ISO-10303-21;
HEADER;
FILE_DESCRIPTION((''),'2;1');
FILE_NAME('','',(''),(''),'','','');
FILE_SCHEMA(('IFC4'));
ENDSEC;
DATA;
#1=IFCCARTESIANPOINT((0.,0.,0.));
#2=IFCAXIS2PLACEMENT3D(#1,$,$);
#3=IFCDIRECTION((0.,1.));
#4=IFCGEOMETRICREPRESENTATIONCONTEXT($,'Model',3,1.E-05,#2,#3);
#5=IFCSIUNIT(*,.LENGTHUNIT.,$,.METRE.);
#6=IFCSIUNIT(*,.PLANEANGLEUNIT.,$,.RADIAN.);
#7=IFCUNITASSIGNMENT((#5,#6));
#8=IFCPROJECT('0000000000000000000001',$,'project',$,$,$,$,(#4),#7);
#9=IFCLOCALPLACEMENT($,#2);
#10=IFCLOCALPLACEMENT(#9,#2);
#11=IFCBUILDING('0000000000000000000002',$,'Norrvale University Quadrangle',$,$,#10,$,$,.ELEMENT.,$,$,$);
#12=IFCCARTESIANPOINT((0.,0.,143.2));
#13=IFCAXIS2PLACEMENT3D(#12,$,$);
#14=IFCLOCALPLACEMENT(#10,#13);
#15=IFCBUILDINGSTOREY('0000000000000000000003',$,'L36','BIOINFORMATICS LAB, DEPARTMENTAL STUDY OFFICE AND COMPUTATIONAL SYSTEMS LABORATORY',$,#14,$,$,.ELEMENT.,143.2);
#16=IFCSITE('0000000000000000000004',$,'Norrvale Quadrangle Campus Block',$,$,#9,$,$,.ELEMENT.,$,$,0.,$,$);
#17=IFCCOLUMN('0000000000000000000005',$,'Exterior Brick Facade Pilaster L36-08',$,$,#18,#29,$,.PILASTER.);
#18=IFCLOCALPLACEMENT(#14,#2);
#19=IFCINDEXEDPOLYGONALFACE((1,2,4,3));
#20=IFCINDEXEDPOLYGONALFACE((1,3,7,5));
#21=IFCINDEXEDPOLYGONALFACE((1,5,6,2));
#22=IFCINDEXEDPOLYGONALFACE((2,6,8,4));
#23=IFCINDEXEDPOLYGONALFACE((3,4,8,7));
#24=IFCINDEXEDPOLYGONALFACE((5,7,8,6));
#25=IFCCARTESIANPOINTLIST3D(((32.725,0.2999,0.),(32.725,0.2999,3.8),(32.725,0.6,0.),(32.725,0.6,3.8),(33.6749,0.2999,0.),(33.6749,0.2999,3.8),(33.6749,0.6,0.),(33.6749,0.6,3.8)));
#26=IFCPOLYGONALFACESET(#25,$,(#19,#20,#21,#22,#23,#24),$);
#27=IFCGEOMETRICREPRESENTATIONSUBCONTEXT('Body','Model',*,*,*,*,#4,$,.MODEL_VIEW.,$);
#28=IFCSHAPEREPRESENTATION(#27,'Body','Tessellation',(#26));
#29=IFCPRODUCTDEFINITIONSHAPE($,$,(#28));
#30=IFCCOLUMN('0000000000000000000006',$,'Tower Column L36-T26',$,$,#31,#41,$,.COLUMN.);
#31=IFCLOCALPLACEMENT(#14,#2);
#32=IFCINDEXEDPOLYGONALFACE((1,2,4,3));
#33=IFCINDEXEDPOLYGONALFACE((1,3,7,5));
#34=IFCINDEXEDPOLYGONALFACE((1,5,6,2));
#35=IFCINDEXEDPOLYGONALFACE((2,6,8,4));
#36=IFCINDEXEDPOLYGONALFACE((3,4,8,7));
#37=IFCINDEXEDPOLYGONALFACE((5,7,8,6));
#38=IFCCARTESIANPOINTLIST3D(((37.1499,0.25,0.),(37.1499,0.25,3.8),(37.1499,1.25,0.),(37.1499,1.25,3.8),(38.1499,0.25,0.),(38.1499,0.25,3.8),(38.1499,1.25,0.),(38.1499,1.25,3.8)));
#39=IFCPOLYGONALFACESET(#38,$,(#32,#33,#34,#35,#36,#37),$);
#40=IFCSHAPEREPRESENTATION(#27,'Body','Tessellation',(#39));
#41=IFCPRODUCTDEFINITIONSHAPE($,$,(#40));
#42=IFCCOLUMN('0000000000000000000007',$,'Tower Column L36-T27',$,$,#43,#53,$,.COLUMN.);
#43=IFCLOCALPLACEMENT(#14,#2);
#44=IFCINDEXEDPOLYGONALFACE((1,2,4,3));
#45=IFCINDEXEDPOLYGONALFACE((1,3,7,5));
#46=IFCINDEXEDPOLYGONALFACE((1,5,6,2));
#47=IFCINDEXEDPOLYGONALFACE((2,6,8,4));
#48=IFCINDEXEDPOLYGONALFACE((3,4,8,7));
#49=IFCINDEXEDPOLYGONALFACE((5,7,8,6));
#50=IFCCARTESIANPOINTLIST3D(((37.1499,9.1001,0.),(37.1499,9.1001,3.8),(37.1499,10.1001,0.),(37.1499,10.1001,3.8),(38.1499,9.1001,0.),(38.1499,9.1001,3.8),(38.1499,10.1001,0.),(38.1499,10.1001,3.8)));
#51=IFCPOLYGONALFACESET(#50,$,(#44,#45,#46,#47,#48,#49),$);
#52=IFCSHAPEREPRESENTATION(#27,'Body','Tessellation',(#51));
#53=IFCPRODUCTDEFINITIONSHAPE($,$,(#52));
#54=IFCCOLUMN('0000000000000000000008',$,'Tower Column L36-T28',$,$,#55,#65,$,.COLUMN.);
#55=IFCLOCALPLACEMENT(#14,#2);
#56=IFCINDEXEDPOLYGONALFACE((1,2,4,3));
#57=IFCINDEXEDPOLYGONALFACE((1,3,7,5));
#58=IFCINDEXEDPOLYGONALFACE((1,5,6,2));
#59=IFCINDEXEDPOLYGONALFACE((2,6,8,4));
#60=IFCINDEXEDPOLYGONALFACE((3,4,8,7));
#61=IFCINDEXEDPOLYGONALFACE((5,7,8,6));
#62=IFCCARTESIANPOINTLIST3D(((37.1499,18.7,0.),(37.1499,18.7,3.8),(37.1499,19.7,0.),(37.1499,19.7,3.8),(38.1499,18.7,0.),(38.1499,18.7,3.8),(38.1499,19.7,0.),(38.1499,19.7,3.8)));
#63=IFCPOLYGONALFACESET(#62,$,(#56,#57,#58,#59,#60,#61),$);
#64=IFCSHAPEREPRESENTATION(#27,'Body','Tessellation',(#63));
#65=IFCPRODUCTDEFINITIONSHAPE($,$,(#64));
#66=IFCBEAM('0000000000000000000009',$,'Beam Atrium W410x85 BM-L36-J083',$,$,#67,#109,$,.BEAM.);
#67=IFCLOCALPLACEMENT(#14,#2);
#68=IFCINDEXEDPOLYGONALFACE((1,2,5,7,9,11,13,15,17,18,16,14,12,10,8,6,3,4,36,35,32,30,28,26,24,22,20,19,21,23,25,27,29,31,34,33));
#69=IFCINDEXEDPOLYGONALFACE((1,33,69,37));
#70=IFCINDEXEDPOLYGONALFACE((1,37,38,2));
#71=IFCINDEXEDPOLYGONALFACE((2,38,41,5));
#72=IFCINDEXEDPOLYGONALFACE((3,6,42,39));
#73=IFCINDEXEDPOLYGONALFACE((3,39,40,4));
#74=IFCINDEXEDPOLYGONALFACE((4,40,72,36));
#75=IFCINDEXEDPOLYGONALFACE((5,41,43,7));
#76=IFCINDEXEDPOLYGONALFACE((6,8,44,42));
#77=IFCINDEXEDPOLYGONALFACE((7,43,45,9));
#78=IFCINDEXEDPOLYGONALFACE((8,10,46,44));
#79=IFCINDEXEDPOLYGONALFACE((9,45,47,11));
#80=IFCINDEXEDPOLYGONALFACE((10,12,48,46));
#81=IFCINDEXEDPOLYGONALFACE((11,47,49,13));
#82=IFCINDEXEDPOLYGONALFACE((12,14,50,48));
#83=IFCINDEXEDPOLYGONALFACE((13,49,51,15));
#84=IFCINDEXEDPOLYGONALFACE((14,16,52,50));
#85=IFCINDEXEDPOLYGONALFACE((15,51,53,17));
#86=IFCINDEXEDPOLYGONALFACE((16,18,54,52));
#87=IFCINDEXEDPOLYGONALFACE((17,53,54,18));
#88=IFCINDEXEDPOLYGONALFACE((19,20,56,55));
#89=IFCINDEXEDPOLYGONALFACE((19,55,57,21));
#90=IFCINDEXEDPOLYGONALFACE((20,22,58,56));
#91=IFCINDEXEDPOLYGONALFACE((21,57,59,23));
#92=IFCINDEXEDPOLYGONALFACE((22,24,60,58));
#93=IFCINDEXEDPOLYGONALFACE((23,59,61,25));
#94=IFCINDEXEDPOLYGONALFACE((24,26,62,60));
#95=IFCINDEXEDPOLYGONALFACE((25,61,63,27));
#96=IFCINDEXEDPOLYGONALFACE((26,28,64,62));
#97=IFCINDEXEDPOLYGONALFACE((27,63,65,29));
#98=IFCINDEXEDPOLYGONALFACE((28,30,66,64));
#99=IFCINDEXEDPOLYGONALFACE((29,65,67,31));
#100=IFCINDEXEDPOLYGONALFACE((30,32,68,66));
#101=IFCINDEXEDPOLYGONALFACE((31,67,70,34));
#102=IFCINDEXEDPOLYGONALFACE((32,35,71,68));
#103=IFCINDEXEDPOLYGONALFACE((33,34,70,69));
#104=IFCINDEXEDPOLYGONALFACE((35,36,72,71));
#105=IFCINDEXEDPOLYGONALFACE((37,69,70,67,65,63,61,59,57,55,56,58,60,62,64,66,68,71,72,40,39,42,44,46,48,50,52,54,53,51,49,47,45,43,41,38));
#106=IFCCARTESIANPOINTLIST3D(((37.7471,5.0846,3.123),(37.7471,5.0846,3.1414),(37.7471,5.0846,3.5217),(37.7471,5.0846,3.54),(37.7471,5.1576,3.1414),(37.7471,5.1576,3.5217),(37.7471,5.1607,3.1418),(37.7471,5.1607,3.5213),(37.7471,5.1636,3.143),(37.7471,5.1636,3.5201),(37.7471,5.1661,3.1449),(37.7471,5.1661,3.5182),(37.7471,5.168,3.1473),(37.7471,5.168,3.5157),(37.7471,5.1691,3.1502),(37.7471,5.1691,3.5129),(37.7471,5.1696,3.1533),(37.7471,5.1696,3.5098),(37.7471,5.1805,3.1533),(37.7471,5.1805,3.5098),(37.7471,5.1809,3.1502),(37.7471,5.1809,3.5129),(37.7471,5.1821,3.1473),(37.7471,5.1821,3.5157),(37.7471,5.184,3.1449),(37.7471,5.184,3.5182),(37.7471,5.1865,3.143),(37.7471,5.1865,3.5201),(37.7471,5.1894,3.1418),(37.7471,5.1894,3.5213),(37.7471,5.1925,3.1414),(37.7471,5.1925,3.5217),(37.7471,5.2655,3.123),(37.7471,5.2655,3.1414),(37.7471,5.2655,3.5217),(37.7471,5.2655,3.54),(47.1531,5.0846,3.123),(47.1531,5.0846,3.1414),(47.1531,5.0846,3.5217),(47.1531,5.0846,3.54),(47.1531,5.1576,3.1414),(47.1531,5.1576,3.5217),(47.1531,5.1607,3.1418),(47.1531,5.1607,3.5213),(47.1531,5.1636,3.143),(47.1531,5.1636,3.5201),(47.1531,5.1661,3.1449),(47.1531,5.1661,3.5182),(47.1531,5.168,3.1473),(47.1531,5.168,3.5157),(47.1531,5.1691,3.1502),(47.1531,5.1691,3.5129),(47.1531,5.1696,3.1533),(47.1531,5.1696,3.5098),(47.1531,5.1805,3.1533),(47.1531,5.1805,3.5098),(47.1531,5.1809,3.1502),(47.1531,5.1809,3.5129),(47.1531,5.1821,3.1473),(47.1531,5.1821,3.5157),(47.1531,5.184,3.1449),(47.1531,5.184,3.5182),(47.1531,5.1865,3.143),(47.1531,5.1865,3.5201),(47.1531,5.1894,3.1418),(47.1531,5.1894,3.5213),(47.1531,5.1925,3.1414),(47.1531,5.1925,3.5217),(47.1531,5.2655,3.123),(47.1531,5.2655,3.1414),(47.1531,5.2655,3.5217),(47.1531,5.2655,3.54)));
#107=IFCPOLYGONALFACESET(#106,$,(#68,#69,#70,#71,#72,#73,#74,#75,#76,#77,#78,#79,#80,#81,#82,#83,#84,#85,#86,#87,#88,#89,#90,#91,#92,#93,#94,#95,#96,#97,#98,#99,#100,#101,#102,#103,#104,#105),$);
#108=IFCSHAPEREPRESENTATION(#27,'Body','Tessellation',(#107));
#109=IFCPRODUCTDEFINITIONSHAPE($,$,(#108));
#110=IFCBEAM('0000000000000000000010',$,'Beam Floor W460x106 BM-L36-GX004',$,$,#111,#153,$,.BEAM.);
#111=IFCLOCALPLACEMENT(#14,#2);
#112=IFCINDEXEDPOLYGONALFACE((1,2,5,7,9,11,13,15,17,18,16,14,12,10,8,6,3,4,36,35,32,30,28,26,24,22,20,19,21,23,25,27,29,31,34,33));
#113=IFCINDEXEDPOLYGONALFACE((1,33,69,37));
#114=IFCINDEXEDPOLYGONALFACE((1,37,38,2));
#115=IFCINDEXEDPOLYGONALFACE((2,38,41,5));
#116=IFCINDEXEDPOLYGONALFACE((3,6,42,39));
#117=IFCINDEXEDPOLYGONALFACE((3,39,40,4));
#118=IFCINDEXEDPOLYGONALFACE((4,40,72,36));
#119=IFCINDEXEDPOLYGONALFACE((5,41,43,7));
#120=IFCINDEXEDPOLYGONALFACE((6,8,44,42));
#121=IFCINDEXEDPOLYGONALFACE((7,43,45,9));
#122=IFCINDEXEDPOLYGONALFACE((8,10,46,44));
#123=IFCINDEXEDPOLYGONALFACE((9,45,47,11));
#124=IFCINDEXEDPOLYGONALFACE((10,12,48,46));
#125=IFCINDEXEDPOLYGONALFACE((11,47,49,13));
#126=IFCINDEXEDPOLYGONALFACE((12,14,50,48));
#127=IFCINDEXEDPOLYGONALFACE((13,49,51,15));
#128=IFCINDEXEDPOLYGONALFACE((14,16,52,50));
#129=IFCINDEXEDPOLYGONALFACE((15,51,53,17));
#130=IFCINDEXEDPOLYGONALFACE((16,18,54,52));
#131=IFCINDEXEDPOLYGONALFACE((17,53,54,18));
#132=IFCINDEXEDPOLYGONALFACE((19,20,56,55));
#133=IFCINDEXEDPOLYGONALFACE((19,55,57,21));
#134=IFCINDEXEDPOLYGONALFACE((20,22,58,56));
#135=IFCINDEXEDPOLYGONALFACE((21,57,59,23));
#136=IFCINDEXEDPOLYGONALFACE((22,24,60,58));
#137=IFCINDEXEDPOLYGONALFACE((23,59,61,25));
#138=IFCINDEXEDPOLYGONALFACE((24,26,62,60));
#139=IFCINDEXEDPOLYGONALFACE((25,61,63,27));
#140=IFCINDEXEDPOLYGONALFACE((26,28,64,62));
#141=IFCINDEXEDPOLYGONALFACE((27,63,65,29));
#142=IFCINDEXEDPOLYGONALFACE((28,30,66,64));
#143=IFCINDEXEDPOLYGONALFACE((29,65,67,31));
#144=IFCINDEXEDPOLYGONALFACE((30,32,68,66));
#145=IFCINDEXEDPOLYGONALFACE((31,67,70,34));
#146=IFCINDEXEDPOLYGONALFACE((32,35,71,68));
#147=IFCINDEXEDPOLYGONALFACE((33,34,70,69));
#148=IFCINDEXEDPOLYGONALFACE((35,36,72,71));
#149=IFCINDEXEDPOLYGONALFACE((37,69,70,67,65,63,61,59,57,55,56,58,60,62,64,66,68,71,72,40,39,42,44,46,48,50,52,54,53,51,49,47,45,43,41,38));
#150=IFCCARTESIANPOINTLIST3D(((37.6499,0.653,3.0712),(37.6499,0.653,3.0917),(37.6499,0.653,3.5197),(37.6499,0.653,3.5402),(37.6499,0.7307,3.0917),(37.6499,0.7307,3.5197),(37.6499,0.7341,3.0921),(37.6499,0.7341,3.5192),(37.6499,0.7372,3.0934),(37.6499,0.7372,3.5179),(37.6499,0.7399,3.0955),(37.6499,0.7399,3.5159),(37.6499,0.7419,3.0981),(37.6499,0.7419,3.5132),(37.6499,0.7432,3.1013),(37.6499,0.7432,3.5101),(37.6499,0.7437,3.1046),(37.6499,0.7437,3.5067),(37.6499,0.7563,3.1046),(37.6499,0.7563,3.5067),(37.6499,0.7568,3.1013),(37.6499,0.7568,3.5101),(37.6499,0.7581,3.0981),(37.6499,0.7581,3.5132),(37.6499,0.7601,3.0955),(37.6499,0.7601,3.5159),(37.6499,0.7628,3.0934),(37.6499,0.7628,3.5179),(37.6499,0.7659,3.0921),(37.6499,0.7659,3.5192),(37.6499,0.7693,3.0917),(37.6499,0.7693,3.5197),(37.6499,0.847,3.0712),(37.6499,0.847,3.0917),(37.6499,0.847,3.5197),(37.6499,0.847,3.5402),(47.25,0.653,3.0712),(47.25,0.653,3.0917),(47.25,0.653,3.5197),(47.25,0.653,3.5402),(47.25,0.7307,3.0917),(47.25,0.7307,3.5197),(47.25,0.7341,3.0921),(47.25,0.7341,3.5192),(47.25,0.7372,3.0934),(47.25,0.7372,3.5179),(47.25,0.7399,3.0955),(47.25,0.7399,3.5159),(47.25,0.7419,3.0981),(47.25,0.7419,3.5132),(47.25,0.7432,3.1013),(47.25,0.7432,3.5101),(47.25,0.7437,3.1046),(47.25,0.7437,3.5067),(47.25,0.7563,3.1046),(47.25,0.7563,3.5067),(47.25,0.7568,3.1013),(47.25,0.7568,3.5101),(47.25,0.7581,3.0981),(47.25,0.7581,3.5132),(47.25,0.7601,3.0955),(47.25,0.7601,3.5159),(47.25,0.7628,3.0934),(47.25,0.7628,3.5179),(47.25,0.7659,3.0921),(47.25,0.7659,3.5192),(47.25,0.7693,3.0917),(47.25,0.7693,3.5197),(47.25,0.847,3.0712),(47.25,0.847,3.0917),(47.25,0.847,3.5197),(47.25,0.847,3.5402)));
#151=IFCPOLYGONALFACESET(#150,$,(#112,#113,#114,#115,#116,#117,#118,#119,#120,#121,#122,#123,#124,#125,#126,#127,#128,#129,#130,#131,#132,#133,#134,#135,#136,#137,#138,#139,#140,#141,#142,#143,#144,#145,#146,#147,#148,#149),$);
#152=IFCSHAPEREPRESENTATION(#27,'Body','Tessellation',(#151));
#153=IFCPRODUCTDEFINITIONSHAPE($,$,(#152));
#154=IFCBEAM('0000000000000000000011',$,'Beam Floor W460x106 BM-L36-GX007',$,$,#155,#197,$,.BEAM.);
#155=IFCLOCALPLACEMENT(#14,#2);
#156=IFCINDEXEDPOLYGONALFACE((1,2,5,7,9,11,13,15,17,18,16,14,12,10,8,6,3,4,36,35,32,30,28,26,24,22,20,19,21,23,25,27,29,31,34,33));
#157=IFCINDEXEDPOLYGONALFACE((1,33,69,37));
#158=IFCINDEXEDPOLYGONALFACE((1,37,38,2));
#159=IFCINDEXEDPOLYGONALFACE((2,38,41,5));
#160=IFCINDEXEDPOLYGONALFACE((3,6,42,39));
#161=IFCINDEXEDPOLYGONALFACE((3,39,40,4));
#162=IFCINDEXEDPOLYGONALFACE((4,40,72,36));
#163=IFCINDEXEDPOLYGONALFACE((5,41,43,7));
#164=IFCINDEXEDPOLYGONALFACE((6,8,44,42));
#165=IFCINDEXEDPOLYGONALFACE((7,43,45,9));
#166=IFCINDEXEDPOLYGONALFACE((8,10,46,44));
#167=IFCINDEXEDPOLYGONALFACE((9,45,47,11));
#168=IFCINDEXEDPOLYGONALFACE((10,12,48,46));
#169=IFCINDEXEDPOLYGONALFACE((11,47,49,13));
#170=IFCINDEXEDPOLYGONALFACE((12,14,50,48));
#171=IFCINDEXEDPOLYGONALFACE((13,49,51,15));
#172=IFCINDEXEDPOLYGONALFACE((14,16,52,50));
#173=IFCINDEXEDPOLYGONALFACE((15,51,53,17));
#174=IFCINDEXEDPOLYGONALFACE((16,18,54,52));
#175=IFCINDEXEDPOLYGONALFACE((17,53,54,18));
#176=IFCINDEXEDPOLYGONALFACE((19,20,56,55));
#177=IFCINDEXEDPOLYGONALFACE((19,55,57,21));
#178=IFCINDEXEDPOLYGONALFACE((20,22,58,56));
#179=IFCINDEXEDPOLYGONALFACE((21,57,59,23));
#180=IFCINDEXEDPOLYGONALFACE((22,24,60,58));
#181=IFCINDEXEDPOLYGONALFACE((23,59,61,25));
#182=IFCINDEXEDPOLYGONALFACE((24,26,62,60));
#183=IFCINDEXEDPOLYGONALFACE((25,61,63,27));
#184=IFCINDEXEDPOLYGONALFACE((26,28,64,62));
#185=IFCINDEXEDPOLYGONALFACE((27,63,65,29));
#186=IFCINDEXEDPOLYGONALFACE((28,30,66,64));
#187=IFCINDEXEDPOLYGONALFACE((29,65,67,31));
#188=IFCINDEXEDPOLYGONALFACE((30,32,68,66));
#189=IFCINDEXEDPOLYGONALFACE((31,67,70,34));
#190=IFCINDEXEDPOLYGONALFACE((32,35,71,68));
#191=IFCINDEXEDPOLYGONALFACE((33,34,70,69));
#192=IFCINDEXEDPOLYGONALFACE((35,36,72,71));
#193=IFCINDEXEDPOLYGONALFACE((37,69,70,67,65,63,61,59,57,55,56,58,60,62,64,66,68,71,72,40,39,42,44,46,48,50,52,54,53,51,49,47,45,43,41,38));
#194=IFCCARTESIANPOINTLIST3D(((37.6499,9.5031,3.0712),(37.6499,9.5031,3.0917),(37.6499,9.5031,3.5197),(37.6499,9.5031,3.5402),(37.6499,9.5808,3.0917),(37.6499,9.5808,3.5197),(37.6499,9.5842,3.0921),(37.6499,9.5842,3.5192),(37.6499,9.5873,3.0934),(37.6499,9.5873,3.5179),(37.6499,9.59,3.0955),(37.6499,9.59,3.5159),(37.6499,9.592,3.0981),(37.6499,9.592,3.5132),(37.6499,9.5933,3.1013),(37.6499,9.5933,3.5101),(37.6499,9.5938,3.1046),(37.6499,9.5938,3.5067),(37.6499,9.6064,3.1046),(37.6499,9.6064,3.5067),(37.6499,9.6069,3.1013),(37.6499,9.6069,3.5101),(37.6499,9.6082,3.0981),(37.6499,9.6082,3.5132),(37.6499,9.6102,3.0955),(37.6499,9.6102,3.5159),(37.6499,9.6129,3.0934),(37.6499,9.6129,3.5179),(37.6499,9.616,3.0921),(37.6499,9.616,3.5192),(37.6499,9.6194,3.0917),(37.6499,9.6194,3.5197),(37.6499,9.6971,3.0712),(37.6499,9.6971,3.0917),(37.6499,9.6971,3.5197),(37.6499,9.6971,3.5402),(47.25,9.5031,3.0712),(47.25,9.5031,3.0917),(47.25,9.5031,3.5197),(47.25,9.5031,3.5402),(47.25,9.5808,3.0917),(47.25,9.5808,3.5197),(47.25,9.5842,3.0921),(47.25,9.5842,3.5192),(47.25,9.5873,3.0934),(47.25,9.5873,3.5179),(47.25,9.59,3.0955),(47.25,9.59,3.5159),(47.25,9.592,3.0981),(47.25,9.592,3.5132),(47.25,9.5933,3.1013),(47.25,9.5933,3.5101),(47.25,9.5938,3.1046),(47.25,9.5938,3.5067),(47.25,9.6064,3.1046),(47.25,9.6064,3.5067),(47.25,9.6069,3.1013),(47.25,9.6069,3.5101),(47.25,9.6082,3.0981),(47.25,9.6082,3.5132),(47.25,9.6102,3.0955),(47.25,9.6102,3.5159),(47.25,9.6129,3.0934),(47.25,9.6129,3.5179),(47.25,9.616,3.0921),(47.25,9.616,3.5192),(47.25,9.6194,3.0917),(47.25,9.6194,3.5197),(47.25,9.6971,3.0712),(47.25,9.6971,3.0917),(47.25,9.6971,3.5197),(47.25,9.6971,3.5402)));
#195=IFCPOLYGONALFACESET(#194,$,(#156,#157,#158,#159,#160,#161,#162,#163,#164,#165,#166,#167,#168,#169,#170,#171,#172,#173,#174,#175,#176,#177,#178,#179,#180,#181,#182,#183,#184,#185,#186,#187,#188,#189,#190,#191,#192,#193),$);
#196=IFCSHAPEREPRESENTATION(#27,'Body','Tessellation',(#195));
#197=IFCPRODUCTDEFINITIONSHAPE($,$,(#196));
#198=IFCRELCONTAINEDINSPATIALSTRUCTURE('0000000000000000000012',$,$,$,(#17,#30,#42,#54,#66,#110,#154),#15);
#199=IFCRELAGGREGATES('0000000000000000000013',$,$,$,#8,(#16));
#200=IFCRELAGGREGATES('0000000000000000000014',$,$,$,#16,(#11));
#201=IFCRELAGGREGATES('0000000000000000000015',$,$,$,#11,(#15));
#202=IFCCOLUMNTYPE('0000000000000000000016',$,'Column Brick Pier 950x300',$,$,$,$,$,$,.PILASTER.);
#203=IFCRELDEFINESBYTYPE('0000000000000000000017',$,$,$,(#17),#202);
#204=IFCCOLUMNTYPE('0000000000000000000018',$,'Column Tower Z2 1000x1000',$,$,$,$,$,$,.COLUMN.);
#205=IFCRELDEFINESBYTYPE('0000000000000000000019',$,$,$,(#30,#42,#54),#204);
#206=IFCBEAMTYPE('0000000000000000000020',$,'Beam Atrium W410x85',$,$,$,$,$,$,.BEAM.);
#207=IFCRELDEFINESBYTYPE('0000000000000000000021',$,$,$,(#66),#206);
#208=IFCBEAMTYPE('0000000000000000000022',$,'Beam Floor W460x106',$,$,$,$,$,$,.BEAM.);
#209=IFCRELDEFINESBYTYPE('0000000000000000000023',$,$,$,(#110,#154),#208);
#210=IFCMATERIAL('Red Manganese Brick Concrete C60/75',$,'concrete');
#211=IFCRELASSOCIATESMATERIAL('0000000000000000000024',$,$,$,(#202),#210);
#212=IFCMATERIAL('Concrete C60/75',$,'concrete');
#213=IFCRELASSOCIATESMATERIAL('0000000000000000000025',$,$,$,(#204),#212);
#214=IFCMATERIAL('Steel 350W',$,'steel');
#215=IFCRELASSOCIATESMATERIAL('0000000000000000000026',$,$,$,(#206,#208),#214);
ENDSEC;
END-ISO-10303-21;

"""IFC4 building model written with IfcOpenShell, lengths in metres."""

from ifc_helpers import new_model, si_unit, direction, frame, origin, origin_2d, place, context, subcontext, project, spatial, rectangle, i_section, extrude, material, material_profile, profile_set, type_object, element, save


model = new_model("IFC4")

# Units and contexts
model_context = context("Model", 3, precision=1e-05, world=origin(), true_north=direction((0.0, 1.0)))
body_context = subcontext(model_context, "Body", "Model", "MODEL_VIEW")
ifc_project = project(units=[si_unit("LENGTHUNIT", "METRE"), si_unit("PLANEANGLEUNIT", "RADIAN")], contexts=[model_context])

# Site, building, storey
site_placement = place(None, origin())
site = spatial("IfcSite", under=ifc_project, at=site_placement, Name="Norrvale Quadrangle Campus Block", CompositionType="ELEMENT", RefElevation=0.0)
building_placement = place(site_placement, origin())
building = spatial("IfcBuilding", under=site, at=building_placement, Name="Norrvale University Quadrangle", CompositionType="ELEMENT")
storey_placement = place(building_placement, frame((0.0, 0.0, 143.2)))
storey = spatial("IfcBuildingStorey", under=building, at=storey_placement, Name="L36", Description="BIOINFORMATICS LAB, DEPARTMENTAL STUDY OFFICE AND COMPUTATIONAL SYSTEMS LABORATORY", CompositionType="ELEMENT", Elevation=143.2)

# Columns
ifc_material_1 = material(Name="Red Manganese Brick Concrete C60/75", Category="concrete")
ifc_material_profile_1 = material_profile(ifc_material_1, rectangle(XDim=0.95, YDim=0.3, at=origin_2d()), Name="Red Manganese Brick Concrete C60/75")
ifc_profile_set_1 = profile_set([ifc_material_profile_1], Name="Red Manganese Brick Concrete C60/75")
column_type_1 = type_object("IfcColumnType", Name="Column Brick Pier 950x300", PredefinedType="PILASTER", material=ifc_profile_set_1)
column_placement = place(storey_placement, frame((33.2, 0.45, 0.0), z_axis=(0.0, 0.0, 1.0), x_axis=(1.0, 0.0, 0.0)))
element("IfcColumn", 1, at=column_placement, inside=storey, type_object=column_type_1, Name="Exterior Brick Facade Pilaster L36-08", PredefinedType="PILASTER", context=body_context, shape_type="SweptSolid", body=[
    extrude(rectangle(XDim=0.95, YDim=0.3, at=origin_2d()), origin(), (0.0, 0.0, 1.0), 3.8),
])
ifc_material_2 = material(Name="Concrete C60/75", Category="concrete")
ifc_material_profile_2 = material_profile(ifc_material_2, rectangle(XDim=1.0, YDim=1.0, at=origin_2d()), Name="Concrete C60/75")
ifc_profile_set_2 = profile_set([ifc_material_profile_2], Name="Concrete C60/75")
column_type_2 = type_object("IfcColumnType", Name="Column Tower Z2 1000x1000", PredefinedType="COLUMN", material=ifc_profile_set_2)
for number, where, z_axis, x_axis, name in (
    (2, (37.6499, 0.75, 0.0), (0.0, 0.0, 1.0), (1.0, 0.0, 0.0), "Tower Column L36-T26"),
    (3, (37.6499, 9.6001, 0.0), (0.0, 0.0, 1.0), (1.0, 0.0, 0.0), "Tower Column L36-T27"),
    (4, (37.6499, 19.2, 0.0), (0.0, 0.0, 1.0), (1.0, 0.0, 0.0), "Tower Column L36-T28"),
):
    element("IfcColumn", number, at=place(storey_placement, frame(where, z_axis=z_axis, x_axis=x_axis)), inside=storey, type_object=column_type_2, Name=name, PredefinedType="COLUMN", context=body_context, shape_type="SweptSolid", body=[
        extrude(rectangle(XDim=1.0, YDim=1.0, at=origin_2d()), origin(), (0.0, 0.0, 1.0), 3.8),
    ])

# Beams
ifc_material_3 = material(Name="Steel 350W", Category="steel")
ifc_material_profile_3 = material_profile(ifc_material_3, i_section(OverallWidth=0.1809, OverallDepth=0.417, WebThickness=0.011, FlangeThickness=0.0183, FilletRadius=0.012, at=origin_2d()), Name="Steel 350W")
ifc_profile_set_3 = profile_set([ifc_material_profile_3], Name="Steel 350W")
beam_type_1 = type_object("IfcBeamType", Name="Beam Atrium W410x85", PredefinedType="BEAM", material=ifc_profile_set_3)
beam_1_placement = place(storey_placement, frame((37.7471, 5.175, 3.3315), z_axis=(1.0, 0.0, 0.0), x_axis=(0.0, 1.0, 0.0)))
element("IfcBeam", 5, at=beam_1_placement, inside=storey, type_object=beam_type_1, Name="Beam Atrium W410x85 BM-L36-J083", PredefinedType="BEAM", context=body_context, shape_type="SweptSolid", body=[
    extrude(i_section(OverallWidth=0.1809, OverallDepth=0.417, WebThickness=0.011, FlangeThickness=0.0183, FilletRadius=0.012, at=origin_2d()), origin(), (0.0, 0.0, 1.0), 9.406),
])
ifc_material_profile_4 = material_profile(ifc_material_3, i_section(OverallWidth=0.1941, OverallDepth=0.469, WebThickness=0.0127, FlangeThickness=0.0205, FilletRadius=0.0129, at=origin_2d()), Name="Steel 350W")
ifc_profile_set_4 = profile_set([ifc_material_profile_4], Name="Steel 350W")
beam_type_2 = type_object("IfcBeamType", Name="Beam Floor W460x106", PredefinedType="BEAM", material=ifc_profile_set_4)
for number, where, z_axis, x_axis, name in (
    (6, (37.6499, 0.75, 3.3057), (1.0, 0.0, 0.0), (0.0, 1.0, 0.0), "Beam Floor W460x106 BM-L36-GX004"),
    (7, (37.6499, 9.6001, 3.3057), (1.0, 0.0, 0.0), (0.0, 1.0, 0.0), "Beam Floor W460x106 BM-L36-GX007"),
):
    element("IfcBeam", number, at=place(storey_placement, frame(where, z_axis=z_axis, x_axis=x_axis)), inside=storey, type_object=beam_type_2, Name=name, PredefinedType="BEAM", context=body_context, shape_type="SweptSolid", body=[
        extrude(i_section(OverallWidth=0.1941, OverallDepth=0.469, WebThickness=0.0127, FlangeThickness=0.0205, FilletRadius=0.0129, at=origin_2d()), origin(), (0.0, 0.0, 1.0), 9.6001),
    ])

save(model, "model.ifc")
